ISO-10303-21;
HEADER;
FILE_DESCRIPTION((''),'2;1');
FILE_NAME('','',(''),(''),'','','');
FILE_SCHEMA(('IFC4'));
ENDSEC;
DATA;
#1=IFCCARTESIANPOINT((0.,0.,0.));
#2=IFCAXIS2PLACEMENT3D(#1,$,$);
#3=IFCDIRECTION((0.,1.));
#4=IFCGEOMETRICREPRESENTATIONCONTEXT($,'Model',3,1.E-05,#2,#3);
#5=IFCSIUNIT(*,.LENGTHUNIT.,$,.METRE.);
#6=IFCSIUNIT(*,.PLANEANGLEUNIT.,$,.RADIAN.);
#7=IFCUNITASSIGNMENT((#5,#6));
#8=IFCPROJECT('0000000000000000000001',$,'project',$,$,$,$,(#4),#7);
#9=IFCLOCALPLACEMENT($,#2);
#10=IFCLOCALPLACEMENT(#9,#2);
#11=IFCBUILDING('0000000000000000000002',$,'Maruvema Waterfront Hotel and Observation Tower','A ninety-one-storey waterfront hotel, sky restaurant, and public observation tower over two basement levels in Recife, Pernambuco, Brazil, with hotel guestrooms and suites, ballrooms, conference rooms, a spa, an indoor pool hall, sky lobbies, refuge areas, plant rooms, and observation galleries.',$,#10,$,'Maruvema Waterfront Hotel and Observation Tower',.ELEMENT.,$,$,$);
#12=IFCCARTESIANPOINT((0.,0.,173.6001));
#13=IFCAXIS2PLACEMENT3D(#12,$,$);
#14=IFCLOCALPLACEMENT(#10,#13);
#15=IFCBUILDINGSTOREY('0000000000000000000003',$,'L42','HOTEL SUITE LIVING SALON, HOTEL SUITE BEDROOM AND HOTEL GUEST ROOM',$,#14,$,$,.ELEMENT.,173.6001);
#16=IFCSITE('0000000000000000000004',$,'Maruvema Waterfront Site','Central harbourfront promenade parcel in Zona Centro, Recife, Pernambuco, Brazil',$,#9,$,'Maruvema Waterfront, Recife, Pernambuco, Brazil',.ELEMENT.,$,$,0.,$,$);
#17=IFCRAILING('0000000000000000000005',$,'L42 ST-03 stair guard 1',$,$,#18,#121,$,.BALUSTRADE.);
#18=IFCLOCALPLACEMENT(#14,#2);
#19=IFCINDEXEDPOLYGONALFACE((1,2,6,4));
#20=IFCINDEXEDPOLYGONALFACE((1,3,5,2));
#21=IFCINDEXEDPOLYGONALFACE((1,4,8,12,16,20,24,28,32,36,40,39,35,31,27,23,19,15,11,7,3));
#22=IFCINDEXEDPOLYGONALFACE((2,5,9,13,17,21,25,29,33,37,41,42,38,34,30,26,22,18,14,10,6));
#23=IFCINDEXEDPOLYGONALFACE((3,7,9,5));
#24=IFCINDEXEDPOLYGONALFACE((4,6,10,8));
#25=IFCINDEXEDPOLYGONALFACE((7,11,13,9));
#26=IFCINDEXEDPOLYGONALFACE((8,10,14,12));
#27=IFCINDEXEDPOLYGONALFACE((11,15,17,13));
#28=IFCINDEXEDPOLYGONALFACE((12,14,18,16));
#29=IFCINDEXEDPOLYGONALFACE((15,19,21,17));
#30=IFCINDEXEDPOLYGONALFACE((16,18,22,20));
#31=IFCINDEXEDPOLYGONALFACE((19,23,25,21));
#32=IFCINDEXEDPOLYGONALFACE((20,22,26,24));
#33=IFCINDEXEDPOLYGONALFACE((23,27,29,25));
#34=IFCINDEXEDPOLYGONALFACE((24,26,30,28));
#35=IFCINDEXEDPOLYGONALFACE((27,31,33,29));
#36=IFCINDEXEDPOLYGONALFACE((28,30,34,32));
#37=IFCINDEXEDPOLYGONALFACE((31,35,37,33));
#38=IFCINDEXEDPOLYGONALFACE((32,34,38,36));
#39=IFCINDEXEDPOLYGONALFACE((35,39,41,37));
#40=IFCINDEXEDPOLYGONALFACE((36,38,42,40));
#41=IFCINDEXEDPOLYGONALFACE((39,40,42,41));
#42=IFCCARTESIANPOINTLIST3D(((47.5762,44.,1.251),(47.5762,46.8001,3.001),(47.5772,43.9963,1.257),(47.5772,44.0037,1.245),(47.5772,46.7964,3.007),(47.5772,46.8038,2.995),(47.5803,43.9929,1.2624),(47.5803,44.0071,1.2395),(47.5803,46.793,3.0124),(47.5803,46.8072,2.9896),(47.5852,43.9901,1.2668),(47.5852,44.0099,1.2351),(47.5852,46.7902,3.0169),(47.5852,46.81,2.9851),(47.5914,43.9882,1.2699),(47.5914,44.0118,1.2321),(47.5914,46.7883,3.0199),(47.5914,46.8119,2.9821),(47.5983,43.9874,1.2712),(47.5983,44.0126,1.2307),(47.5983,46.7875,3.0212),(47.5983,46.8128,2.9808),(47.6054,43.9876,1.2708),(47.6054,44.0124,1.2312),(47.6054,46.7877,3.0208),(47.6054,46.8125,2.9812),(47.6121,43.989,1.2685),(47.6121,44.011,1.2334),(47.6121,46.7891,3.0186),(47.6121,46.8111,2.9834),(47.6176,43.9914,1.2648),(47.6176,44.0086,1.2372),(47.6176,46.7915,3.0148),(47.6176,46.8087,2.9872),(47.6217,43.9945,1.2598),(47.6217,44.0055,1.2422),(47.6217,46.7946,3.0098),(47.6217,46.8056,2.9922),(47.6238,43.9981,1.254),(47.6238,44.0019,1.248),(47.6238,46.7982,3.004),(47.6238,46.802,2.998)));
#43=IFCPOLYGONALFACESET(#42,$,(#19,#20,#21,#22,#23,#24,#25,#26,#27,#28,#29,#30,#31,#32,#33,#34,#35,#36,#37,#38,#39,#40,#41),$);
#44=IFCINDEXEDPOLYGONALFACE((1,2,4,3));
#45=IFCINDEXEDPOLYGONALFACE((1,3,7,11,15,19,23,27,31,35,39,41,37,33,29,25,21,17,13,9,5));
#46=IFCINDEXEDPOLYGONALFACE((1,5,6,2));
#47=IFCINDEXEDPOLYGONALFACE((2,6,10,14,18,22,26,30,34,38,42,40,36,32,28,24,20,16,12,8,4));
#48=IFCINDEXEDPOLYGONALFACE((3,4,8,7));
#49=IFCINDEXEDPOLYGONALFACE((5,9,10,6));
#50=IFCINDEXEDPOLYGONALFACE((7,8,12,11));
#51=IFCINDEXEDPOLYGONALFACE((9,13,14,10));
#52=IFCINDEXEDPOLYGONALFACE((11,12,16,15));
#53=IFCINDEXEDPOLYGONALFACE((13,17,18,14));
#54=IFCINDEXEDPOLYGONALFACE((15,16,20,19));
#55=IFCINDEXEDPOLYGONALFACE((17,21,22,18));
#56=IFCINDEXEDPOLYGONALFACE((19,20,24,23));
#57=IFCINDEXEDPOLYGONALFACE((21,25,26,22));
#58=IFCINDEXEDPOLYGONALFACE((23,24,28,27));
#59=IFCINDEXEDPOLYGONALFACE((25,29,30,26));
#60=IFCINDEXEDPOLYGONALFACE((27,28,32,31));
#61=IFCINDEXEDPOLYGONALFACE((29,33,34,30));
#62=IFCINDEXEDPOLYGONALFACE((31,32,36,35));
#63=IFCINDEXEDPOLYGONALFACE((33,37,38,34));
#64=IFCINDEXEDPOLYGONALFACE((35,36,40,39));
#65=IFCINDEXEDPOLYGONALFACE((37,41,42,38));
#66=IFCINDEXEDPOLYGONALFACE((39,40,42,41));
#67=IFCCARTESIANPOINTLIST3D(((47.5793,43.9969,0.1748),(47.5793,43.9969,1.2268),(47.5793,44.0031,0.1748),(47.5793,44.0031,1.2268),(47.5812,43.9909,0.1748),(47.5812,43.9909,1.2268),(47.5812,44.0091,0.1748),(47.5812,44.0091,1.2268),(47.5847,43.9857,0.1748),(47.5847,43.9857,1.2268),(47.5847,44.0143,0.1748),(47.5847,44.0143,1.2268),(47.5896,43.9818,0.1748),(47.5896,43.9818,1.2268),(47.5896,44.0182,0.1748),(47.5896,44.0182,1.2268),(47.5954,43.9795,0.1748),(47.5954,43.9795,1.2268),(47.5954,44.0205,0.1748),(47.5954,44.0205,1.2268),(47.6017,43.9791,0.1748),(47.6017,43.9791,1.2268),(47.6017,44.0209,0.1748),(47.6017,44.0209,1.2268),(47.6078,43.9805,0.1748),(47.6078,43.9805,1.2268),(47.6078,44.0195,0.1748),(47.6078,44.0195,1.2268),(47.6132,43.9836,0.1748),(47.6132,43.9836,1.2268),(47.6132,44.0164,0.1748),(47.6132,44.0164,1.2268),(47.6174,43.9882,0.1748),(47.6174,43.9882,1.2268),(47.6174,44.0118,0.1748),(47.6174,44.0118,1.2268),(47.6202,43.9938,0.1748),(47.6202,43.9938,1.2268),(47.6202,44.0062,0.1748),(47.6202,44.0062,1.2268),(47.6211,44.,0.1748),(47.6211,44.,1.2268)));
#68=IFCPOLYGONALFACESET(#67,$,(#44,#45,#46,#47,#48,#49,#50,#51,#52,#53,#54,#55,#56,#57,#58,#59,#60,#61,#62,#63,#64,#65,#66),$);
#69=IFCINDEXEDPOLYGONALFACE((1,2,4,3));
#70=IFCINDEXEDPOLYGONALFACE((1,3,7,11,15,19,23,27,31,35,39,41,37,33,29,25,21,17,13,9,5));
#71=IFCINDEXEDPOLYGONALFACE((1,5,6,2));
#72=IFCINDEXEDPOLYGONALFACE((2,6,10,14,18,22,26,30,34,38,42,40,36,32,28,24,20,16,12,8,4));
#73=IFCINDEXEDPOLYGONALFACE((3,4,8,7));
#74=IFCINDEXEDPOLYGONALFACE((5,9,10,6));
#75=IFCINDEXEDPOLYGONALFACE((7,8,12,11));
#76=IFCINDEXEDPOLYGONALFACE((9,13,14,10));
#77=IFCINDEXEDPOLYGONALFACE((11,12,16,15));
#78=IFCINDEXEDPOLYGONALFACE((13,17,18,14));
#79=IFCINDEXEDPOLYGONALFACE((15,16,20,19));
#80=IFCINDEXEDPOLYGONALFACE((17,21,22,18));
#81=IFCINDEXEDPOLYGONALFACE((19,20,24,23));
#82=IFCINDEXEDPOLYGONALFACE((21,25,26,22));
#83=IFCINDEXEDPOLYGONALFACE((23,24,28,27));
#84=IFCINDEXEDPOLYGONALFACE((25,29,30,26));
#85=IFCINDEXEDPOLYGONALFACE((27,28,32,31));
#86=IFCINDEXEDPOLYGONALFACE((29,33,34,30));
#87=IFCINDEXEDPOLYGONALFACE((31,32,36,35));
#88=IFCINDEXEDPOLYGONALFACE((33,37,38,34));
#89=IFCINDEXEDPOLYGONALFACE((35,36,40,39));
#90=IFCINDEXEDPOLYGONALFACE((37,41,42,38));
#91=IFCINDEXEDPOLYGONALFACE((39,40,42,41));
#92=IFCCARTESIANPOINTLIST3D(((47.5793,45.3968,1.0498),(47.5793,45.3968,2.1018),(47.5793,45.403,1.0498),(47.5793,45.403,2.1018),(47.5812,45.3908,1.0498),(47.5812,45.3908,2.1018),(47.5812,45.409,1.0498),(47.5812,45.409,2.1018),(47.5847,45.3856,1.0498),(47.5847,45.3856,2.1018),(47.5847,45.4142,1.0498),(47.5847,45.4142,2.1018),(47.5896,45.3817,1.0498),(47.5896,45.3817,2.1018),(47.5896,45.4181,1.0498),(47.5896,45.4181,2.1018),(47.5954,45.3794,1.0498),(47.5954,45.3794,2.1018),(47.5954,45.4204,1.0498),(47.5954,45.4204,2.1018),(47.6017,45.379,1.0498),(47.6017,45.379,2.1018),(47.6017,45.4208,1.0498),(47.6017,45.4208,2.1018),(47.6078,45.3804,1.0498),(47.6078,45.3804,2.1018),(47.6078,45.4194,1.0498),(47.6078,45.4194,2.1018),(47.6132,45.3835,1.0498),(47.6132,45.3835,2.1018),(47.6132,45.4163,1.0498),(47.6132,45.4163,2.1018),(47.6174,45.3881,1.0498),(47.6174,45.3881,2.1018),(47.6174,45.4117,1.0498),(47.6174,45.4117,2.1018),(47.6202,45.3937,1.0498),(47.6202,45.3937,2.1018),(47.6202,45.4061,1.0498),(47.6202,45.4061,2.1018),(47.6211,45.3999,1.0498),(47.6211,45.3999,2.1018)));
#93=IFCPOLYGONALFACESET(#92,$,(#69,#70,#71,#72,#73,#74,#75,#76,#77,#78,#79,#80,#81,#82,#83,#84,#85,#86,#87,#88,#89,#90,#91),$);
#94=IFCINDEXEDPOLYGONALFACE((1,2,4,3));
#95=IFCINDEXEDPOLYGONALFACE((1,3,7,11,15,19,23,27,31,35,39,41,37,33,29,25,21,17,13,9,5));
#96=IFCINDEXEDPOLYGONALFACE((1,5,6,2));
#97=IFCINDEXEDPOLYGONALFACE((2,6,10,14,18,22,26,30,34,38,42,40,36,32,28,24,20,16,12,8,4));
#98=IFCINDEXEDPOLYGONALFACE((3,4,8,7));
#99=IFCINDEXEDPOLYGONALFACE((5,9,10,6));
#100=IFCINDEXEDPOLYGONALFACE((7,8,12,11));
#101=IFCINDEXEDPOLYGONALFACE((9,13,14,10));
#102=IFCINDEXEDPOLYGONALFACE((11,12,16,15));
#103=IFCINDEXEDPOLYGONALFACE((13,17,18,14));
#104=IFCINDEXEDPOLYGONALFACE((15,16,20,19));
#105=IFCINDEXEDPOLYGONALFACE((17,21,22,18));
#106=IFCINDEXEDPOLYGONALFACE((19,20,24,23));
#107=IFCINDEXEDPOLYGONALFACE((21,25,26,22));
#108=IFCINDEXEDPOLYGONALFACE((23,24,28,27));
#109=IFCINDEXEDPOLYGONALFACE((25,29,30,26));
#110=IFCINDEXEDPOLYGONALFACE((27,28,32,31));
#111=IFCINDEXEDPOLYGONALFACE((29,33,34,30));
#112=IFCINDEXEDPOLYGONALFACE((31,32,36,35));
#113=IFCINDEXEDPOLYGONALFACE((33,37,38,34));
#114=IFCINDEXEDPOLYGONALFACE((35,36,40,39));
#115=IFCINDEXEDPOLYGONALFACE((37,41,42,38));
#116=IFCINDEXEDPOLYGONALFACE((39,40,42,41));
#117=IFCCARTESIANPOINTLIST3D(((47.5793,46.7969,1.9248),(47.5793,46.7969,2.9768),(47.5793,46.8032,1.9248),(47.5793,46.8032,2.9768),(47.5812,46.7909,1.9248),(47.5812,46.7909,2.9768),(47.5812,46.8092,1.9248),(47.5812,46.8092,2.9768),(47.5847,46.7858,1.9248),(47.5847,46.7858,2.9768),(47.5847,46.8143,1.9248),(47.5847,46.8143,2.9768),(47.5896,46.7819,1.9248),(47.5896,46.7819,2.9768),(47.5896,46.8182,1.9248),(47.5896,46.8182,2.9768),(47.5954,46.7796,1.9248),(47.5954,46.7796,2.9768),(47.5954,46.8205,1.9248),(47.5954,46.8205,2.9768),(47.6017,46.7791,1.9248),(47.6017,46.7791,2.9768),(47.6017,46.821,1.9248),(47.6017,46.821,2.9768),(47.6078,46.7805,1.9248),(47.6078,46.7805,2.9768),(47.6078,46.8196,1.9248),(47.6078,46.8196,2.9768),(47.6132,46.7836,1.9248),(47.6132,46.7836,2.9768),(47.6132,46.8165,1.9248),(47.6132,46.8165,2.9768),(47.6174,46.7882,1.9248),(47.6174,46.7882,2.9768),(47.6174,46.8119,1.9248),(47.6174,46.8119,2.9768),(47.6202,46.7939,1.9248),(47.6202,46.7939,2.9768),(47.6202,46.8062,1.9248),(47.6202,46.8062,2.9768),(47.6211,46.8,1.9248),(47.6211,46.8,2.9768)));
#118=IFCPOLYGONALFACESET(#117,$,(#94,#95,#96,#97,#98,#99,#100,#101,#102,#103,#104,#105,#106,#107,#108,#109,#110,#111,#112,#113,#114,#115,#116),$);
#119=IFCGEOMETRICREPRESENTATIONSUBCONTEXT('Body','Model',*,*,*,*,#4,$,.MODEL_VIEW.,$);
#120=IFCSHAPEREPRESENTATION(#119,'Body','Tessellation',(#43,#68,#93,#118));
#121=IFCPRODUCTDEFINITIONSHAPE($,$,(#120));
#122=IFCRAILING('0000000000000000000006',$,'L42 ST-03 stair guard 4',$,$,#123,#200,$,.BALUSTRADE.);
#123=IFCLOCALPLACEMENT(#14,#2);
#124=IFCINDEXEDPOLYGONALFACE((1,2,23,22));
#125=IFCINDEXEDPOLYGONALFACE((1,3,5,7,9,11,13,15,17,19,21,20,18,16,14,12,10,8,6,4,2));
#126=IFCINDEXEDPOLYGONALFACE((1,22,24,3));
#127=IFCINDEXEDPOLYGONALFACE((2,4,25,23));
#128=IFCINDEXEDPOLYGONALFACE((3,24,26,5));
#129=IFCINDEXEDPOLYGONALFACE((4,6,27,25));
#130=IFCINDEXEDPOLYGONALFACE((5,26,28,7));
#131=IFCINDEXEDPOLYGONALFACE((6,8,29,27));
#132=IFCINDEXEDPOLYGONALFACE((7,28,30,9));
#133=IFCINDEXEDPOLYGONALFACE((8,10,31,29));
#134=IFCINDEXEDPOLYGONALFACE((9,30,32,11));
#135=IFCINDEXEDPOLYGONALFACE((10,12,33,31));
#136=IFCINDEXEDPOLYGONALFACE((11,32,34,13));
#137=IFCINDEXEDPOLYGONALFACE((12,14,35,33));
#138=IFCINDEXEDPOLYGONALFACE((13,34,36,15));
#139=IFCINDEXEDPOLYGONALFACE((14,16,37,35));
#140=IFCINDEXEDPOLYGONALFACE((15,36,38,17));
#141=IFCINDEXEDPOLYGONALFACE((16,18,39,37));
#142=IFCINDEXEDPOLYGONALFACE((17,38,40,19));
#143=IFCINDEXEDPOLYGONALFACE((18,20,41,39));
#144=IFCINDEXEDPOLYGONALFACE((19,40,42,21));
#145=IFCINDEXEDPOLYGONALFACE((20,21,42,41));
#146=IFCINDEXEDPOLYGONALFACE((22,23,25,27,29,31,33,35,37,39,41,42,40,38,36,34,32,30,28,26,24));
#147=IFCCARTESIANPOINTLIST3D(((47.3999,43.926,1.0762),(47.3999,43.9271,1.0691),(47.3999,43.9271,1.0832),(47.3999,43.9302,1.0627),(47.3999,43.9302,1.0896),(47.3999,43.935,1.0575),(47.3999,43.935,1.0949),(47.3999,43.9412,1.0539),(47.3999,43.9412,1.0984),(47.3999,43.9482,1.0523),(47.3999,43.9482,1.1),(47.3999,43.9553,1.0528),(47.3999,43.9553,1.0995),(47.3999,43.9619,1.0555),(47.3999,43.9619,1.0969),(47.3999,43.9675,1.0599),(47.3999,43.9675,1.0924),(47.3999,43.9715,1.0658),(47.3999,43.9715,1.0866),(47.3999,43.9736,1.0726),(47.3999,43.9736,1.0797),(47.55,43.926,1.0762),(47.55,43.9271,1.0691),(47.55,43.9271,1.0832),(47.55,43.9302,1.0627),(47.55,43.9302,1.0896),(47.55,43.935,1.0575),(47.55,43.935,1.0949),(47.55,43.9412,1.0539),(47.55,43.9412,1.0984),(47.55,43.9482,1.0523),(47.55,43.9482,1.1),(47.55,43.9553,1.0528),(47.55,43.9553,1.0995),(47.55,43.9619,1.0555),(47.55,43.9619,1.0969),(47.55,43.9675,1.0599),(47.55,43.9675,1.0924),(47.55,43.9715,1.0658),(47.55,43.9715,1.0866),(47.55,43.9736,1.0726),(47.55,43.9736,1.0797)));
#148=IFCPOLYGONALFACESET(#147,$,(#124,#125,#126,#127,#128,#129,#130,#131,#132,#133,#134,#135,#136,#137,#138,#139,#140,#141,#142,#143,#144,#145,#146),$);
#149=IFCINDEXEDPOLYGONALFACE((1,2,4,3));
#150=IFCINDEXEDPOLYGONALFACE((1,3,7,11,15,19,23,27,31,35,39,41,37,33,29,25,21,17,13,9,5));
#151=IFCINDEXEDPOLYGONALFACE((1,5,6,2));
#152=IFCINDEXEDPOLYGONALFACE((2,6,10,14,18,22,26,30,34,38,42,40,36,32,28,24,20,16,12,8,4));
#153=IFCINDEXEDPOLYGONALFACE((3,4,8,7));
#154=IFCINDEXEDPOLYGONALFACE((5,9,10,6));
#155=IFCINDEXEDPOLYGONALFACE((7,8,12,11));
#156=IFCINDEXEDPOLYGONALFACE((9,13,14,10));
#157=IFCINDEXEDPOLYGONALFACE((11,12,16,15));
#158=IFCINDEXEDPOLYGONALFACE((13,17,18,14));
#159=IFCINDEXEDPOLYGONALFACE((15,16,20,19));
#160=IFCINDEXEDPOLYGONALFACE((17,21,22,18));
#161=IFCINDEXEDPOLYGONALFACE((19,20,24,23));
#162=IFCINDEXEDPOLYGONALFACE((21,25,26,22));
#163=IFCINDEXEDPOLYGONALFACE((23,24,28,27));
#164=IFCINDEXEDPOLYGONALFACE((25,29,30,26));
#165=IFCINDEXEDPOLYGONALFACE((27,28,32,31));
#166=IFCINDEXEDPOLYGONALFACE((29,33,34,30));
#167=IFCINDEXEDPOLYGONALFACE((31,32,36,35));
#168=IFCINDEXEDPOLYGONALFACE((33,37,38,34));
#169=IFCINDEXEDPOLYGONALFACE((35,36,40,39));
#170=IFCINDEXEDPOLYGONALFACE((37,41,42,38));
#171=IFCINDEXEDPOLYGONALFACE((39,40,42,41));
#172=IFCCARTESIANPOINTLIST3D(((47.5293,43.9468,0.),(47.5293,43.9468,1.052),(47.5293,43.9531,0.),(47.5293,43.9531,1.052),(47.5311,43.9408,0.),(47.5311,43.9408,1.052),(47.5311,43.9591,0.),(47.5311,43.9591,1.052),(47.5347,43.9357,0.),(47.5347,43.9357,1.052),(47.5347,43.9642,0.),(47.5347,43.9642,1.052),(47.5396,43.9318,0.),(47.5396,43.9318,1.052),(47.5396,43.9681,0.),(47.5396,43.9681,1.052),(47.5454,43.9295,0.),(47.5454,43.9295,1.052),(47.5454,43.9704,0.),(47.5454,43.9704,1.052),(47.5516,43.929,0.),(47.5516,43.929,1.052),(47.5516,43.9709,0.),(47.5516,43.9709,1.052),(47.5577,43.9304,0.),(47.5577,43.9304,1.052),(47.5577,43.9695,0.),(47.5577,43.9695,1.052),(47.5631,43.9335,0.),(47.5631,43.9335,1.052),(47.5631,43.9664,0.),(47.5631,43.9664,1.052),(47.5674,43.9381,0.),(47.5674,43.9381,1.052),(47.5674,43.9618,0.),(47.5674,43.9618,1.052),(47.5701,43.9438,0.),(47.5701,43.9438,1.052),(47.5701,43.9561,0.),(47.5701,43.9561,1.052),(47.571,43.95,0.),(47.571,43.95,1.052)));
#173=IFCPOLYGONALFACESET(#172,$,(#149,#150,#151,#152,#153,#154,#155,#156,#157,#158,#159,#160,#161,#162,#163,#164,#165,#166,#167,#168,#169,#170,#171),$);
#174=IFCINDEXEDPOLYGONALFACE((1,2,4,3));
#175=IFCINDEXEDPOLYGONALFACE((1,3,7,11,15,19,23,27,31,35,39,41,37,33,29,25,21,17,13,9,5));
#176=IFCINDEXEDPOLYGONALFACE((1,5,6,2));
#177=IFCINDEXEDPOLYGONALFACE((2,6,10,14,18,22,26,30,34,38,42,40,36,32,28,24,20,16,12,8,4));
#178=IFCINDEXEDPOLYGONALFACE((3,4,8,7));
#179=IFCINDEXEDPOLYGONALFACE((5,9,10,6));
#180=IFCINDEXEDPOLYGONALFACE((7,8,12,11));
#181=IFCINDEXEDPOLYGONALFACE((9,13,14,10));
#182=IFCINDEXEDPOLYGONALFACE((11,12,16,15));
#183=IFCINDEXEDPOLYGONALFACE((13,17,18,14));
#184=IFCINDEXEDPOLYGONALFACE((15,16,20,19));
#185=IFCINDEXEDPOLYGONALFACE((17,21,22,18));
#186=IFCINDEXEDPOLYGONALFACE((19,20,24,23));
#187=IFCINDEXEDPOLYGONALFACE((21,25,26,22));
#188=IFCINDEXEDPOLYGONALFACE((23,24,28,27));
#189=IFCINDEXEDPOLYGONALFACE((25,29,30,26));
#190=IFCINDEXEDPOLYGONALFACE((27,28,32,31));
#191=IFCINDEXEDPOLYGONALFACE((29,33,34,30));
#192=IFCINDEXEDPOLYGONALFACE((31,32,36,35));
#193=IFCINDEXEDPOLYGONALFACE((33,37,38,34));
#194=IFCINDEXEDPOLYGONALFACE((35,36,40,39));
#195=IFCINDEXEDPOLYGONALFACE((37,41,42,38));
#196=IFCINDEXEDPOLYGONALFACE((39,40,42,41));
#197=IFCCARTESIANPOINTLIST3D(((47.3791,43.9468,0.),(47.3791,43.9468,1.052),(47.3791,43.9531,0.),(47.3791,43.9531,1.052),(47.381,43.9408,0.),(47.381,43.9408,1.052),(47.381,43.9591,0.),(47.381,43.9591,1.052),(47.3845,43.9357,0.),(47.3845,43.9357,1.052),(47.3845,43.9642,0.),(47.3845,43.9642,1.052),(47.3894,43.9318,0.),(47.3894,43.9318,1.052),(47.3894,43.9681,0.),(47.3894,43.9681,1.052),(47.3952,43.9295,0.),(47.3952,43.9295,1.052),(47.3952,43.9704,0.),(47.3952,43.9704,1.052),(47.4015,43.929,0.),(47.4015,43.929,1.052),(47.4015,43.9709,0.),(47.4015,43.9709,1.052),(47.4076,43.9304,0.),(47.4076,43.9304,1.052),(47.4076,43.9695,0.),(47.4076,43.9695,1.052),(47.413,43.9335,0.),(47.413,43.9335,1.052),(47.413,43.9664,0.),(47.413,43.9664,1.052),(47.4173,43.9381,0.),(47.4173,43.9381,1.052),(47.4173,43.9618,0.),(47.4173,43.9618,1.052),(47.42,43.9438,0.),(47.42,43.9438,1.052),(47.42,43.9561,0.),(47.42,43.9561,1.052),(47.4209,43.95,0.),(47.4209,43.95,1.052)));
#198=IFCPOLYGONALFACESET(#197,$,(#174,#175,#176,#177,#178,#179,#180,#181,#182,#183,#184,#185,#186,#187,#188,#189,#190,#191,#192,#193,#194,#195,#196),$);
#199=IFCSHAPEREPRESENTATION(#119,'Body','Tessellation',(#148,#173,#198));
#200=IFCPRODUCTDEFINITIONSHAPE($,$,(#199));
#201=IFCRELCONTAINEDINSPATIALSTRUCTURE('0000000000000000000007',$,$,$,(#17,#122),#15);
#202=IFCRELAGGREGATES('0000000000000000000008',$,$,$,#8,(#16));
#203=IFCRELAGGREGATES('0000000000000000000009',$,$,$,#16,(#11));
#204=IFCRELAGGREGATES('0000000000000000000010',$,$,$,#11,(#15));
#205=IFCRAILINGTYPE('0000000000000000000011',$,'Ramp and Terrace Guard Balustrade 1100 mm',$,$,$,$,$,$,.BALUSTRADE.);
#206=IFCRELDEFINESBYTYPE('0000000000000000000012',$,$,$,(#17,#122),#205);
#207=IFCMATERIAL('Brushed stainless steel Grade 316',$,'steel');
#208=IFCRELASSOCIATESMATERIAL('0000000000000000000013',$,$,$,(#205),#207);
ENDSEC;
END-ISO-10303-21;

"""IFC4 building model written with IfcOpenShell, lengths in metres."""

from ifc_helpers import new_model, si_unit, direction, frame, origin, origin_2d, place, context, subcontext, project, spatial, circle, extrude, material, type_object, element, save


model = new_model("IFC4")

# Units and contexts
model_context = context("Model", 3, precision=1e-05, world=origin(), true_north=direction((0.0, 1.0)))
body_context = subcontext(model_context, "Body", "Model", "MODEL_VIEW")
ifc_project = project(units=[si_unit("LENGTHUNIT", "METRE"), si_unit("PLANEANGLEUNIT", "RADIAN")], contexts=[model_context])

# Site, building, storey
site_placement = place(None, origin())
site = spatial("IfcSite", under=ifc_project, at=site_placement, Name="Maruvema Waterfront Site", Description="Central harbourfront promenade parcel in Zona Centro, Recife, Pernambuco, Brazil", LongName="Maruvema Waterfront, Recife, Pernambuco, Brazil", CompositionType="ELEMENT", RefElevation=0.0)
building_placement = place(site_placement, origin())
building = spatial("IfcBuilding", under=site, at=building_placement, Name="Maruvema Waterfront Hotel and Observation Tower", Description="A ninety-one-storey waterfront hotel, sky restaurant, and public observation tower over two basement levels in Recife, Pernambuco, Brazil, with hotel guestrooms and suites, ballrooms, conference rooms, a spa, an indoor pool hall, sky lobbies, refuge areas, plant rooms, and observation galleries.", LongName="Maruvema Waterfront Hotel and Observation Tower", CompositionType="ELEMENT")
storey_placement = place(building_placement, frame((0.0, 0.0, 173.6001)))
storey = spatial("IfcBuildingStorey", under=building, at=storey_placement, Name="L42", Description="HOTEL SUITE LIVING SALON, HOTEL SUITE BEDROOM AND HOTEL GUEST ROOM", CompositionType="ELEMENT", Elevation=173.6001)

# Railings
ifc_material_1 = material(Name="Brushed stainless steel Grade 316", Category="steel")
railing_type_1 = type_object("IfcRailingType", Name="Ramp and Terrace Guard Balustrade 1100 mm", PredefinedType="BALUSTRADE", material=ifc_material_1)
railing_1_placement = place(storey_placement, frame((47.6001, 44.0, 0.1748)))
element("IfcRailing", 1, at=railing_1_placement, inside=storey, type_object=railing_type_1, Name="L42 ST-03 stair guard 1", PredefinedType="BALUSTRADE", context=body_context, shape_type="SweptSolid", body=[
    extrude(circle(Radius=0.0239, at=origin_2d()), frame((0.0, 0.0, 1.0762), z_axis=(0.0, 0.848002, 0.529992), x_axis=(-1.0, 0.0, 0.0)), (0.0, 0.0, 1.0), 3.302),
    extrude(circle(Radius=0.021, at=origin_2d()), origin(), (0.0, 0.0, 1.0), 1.052),
    extrude(circle(Radius=0.021, at=origin_2d()), frame((0.0, 1.3999, 0.875)), (0.0, 0.0, 1.0), 1.052),
    extrude(circle(Radius=0.021, at=origin_2d()), frame((0.0, 2.8, 1.75)), (0.0, 0.0, 1.0), 1.052),
])
railing_2_placement = place(storey_placement, frame((47.55, 43.95, 0.0)))
element("IfcRailing", 2, at=railing_2_placement, inside=storey, type_object=railing_type_1, Name="L42 ST-03 stair guard 4", PredefinedType="BALUSTRADE", context=body_context, shape_type="SweptSolid", body=[
    extrude(circle(Radius=0.0239, at=origin_2d()), frame((0.0, 0.0, 1.0762), z_axis=(-1.0, 0.0, 0.0), x_axis=(0.0, -1.0, 0.0)), (0.0, 0.0, 1.0), 0.1501),
    extrude(circle(Radius=0.021, at=origin_2d()), origin(), (0.0, 0.0, 1.0), 1.052),
    extrude(circle(Radius=0.021, at=origin_2d()), frame((-0.1501, 0.0, 0.0)), (0.0, 0.0, 1.0), 1.052),
])

save(model, "model.ifc")
